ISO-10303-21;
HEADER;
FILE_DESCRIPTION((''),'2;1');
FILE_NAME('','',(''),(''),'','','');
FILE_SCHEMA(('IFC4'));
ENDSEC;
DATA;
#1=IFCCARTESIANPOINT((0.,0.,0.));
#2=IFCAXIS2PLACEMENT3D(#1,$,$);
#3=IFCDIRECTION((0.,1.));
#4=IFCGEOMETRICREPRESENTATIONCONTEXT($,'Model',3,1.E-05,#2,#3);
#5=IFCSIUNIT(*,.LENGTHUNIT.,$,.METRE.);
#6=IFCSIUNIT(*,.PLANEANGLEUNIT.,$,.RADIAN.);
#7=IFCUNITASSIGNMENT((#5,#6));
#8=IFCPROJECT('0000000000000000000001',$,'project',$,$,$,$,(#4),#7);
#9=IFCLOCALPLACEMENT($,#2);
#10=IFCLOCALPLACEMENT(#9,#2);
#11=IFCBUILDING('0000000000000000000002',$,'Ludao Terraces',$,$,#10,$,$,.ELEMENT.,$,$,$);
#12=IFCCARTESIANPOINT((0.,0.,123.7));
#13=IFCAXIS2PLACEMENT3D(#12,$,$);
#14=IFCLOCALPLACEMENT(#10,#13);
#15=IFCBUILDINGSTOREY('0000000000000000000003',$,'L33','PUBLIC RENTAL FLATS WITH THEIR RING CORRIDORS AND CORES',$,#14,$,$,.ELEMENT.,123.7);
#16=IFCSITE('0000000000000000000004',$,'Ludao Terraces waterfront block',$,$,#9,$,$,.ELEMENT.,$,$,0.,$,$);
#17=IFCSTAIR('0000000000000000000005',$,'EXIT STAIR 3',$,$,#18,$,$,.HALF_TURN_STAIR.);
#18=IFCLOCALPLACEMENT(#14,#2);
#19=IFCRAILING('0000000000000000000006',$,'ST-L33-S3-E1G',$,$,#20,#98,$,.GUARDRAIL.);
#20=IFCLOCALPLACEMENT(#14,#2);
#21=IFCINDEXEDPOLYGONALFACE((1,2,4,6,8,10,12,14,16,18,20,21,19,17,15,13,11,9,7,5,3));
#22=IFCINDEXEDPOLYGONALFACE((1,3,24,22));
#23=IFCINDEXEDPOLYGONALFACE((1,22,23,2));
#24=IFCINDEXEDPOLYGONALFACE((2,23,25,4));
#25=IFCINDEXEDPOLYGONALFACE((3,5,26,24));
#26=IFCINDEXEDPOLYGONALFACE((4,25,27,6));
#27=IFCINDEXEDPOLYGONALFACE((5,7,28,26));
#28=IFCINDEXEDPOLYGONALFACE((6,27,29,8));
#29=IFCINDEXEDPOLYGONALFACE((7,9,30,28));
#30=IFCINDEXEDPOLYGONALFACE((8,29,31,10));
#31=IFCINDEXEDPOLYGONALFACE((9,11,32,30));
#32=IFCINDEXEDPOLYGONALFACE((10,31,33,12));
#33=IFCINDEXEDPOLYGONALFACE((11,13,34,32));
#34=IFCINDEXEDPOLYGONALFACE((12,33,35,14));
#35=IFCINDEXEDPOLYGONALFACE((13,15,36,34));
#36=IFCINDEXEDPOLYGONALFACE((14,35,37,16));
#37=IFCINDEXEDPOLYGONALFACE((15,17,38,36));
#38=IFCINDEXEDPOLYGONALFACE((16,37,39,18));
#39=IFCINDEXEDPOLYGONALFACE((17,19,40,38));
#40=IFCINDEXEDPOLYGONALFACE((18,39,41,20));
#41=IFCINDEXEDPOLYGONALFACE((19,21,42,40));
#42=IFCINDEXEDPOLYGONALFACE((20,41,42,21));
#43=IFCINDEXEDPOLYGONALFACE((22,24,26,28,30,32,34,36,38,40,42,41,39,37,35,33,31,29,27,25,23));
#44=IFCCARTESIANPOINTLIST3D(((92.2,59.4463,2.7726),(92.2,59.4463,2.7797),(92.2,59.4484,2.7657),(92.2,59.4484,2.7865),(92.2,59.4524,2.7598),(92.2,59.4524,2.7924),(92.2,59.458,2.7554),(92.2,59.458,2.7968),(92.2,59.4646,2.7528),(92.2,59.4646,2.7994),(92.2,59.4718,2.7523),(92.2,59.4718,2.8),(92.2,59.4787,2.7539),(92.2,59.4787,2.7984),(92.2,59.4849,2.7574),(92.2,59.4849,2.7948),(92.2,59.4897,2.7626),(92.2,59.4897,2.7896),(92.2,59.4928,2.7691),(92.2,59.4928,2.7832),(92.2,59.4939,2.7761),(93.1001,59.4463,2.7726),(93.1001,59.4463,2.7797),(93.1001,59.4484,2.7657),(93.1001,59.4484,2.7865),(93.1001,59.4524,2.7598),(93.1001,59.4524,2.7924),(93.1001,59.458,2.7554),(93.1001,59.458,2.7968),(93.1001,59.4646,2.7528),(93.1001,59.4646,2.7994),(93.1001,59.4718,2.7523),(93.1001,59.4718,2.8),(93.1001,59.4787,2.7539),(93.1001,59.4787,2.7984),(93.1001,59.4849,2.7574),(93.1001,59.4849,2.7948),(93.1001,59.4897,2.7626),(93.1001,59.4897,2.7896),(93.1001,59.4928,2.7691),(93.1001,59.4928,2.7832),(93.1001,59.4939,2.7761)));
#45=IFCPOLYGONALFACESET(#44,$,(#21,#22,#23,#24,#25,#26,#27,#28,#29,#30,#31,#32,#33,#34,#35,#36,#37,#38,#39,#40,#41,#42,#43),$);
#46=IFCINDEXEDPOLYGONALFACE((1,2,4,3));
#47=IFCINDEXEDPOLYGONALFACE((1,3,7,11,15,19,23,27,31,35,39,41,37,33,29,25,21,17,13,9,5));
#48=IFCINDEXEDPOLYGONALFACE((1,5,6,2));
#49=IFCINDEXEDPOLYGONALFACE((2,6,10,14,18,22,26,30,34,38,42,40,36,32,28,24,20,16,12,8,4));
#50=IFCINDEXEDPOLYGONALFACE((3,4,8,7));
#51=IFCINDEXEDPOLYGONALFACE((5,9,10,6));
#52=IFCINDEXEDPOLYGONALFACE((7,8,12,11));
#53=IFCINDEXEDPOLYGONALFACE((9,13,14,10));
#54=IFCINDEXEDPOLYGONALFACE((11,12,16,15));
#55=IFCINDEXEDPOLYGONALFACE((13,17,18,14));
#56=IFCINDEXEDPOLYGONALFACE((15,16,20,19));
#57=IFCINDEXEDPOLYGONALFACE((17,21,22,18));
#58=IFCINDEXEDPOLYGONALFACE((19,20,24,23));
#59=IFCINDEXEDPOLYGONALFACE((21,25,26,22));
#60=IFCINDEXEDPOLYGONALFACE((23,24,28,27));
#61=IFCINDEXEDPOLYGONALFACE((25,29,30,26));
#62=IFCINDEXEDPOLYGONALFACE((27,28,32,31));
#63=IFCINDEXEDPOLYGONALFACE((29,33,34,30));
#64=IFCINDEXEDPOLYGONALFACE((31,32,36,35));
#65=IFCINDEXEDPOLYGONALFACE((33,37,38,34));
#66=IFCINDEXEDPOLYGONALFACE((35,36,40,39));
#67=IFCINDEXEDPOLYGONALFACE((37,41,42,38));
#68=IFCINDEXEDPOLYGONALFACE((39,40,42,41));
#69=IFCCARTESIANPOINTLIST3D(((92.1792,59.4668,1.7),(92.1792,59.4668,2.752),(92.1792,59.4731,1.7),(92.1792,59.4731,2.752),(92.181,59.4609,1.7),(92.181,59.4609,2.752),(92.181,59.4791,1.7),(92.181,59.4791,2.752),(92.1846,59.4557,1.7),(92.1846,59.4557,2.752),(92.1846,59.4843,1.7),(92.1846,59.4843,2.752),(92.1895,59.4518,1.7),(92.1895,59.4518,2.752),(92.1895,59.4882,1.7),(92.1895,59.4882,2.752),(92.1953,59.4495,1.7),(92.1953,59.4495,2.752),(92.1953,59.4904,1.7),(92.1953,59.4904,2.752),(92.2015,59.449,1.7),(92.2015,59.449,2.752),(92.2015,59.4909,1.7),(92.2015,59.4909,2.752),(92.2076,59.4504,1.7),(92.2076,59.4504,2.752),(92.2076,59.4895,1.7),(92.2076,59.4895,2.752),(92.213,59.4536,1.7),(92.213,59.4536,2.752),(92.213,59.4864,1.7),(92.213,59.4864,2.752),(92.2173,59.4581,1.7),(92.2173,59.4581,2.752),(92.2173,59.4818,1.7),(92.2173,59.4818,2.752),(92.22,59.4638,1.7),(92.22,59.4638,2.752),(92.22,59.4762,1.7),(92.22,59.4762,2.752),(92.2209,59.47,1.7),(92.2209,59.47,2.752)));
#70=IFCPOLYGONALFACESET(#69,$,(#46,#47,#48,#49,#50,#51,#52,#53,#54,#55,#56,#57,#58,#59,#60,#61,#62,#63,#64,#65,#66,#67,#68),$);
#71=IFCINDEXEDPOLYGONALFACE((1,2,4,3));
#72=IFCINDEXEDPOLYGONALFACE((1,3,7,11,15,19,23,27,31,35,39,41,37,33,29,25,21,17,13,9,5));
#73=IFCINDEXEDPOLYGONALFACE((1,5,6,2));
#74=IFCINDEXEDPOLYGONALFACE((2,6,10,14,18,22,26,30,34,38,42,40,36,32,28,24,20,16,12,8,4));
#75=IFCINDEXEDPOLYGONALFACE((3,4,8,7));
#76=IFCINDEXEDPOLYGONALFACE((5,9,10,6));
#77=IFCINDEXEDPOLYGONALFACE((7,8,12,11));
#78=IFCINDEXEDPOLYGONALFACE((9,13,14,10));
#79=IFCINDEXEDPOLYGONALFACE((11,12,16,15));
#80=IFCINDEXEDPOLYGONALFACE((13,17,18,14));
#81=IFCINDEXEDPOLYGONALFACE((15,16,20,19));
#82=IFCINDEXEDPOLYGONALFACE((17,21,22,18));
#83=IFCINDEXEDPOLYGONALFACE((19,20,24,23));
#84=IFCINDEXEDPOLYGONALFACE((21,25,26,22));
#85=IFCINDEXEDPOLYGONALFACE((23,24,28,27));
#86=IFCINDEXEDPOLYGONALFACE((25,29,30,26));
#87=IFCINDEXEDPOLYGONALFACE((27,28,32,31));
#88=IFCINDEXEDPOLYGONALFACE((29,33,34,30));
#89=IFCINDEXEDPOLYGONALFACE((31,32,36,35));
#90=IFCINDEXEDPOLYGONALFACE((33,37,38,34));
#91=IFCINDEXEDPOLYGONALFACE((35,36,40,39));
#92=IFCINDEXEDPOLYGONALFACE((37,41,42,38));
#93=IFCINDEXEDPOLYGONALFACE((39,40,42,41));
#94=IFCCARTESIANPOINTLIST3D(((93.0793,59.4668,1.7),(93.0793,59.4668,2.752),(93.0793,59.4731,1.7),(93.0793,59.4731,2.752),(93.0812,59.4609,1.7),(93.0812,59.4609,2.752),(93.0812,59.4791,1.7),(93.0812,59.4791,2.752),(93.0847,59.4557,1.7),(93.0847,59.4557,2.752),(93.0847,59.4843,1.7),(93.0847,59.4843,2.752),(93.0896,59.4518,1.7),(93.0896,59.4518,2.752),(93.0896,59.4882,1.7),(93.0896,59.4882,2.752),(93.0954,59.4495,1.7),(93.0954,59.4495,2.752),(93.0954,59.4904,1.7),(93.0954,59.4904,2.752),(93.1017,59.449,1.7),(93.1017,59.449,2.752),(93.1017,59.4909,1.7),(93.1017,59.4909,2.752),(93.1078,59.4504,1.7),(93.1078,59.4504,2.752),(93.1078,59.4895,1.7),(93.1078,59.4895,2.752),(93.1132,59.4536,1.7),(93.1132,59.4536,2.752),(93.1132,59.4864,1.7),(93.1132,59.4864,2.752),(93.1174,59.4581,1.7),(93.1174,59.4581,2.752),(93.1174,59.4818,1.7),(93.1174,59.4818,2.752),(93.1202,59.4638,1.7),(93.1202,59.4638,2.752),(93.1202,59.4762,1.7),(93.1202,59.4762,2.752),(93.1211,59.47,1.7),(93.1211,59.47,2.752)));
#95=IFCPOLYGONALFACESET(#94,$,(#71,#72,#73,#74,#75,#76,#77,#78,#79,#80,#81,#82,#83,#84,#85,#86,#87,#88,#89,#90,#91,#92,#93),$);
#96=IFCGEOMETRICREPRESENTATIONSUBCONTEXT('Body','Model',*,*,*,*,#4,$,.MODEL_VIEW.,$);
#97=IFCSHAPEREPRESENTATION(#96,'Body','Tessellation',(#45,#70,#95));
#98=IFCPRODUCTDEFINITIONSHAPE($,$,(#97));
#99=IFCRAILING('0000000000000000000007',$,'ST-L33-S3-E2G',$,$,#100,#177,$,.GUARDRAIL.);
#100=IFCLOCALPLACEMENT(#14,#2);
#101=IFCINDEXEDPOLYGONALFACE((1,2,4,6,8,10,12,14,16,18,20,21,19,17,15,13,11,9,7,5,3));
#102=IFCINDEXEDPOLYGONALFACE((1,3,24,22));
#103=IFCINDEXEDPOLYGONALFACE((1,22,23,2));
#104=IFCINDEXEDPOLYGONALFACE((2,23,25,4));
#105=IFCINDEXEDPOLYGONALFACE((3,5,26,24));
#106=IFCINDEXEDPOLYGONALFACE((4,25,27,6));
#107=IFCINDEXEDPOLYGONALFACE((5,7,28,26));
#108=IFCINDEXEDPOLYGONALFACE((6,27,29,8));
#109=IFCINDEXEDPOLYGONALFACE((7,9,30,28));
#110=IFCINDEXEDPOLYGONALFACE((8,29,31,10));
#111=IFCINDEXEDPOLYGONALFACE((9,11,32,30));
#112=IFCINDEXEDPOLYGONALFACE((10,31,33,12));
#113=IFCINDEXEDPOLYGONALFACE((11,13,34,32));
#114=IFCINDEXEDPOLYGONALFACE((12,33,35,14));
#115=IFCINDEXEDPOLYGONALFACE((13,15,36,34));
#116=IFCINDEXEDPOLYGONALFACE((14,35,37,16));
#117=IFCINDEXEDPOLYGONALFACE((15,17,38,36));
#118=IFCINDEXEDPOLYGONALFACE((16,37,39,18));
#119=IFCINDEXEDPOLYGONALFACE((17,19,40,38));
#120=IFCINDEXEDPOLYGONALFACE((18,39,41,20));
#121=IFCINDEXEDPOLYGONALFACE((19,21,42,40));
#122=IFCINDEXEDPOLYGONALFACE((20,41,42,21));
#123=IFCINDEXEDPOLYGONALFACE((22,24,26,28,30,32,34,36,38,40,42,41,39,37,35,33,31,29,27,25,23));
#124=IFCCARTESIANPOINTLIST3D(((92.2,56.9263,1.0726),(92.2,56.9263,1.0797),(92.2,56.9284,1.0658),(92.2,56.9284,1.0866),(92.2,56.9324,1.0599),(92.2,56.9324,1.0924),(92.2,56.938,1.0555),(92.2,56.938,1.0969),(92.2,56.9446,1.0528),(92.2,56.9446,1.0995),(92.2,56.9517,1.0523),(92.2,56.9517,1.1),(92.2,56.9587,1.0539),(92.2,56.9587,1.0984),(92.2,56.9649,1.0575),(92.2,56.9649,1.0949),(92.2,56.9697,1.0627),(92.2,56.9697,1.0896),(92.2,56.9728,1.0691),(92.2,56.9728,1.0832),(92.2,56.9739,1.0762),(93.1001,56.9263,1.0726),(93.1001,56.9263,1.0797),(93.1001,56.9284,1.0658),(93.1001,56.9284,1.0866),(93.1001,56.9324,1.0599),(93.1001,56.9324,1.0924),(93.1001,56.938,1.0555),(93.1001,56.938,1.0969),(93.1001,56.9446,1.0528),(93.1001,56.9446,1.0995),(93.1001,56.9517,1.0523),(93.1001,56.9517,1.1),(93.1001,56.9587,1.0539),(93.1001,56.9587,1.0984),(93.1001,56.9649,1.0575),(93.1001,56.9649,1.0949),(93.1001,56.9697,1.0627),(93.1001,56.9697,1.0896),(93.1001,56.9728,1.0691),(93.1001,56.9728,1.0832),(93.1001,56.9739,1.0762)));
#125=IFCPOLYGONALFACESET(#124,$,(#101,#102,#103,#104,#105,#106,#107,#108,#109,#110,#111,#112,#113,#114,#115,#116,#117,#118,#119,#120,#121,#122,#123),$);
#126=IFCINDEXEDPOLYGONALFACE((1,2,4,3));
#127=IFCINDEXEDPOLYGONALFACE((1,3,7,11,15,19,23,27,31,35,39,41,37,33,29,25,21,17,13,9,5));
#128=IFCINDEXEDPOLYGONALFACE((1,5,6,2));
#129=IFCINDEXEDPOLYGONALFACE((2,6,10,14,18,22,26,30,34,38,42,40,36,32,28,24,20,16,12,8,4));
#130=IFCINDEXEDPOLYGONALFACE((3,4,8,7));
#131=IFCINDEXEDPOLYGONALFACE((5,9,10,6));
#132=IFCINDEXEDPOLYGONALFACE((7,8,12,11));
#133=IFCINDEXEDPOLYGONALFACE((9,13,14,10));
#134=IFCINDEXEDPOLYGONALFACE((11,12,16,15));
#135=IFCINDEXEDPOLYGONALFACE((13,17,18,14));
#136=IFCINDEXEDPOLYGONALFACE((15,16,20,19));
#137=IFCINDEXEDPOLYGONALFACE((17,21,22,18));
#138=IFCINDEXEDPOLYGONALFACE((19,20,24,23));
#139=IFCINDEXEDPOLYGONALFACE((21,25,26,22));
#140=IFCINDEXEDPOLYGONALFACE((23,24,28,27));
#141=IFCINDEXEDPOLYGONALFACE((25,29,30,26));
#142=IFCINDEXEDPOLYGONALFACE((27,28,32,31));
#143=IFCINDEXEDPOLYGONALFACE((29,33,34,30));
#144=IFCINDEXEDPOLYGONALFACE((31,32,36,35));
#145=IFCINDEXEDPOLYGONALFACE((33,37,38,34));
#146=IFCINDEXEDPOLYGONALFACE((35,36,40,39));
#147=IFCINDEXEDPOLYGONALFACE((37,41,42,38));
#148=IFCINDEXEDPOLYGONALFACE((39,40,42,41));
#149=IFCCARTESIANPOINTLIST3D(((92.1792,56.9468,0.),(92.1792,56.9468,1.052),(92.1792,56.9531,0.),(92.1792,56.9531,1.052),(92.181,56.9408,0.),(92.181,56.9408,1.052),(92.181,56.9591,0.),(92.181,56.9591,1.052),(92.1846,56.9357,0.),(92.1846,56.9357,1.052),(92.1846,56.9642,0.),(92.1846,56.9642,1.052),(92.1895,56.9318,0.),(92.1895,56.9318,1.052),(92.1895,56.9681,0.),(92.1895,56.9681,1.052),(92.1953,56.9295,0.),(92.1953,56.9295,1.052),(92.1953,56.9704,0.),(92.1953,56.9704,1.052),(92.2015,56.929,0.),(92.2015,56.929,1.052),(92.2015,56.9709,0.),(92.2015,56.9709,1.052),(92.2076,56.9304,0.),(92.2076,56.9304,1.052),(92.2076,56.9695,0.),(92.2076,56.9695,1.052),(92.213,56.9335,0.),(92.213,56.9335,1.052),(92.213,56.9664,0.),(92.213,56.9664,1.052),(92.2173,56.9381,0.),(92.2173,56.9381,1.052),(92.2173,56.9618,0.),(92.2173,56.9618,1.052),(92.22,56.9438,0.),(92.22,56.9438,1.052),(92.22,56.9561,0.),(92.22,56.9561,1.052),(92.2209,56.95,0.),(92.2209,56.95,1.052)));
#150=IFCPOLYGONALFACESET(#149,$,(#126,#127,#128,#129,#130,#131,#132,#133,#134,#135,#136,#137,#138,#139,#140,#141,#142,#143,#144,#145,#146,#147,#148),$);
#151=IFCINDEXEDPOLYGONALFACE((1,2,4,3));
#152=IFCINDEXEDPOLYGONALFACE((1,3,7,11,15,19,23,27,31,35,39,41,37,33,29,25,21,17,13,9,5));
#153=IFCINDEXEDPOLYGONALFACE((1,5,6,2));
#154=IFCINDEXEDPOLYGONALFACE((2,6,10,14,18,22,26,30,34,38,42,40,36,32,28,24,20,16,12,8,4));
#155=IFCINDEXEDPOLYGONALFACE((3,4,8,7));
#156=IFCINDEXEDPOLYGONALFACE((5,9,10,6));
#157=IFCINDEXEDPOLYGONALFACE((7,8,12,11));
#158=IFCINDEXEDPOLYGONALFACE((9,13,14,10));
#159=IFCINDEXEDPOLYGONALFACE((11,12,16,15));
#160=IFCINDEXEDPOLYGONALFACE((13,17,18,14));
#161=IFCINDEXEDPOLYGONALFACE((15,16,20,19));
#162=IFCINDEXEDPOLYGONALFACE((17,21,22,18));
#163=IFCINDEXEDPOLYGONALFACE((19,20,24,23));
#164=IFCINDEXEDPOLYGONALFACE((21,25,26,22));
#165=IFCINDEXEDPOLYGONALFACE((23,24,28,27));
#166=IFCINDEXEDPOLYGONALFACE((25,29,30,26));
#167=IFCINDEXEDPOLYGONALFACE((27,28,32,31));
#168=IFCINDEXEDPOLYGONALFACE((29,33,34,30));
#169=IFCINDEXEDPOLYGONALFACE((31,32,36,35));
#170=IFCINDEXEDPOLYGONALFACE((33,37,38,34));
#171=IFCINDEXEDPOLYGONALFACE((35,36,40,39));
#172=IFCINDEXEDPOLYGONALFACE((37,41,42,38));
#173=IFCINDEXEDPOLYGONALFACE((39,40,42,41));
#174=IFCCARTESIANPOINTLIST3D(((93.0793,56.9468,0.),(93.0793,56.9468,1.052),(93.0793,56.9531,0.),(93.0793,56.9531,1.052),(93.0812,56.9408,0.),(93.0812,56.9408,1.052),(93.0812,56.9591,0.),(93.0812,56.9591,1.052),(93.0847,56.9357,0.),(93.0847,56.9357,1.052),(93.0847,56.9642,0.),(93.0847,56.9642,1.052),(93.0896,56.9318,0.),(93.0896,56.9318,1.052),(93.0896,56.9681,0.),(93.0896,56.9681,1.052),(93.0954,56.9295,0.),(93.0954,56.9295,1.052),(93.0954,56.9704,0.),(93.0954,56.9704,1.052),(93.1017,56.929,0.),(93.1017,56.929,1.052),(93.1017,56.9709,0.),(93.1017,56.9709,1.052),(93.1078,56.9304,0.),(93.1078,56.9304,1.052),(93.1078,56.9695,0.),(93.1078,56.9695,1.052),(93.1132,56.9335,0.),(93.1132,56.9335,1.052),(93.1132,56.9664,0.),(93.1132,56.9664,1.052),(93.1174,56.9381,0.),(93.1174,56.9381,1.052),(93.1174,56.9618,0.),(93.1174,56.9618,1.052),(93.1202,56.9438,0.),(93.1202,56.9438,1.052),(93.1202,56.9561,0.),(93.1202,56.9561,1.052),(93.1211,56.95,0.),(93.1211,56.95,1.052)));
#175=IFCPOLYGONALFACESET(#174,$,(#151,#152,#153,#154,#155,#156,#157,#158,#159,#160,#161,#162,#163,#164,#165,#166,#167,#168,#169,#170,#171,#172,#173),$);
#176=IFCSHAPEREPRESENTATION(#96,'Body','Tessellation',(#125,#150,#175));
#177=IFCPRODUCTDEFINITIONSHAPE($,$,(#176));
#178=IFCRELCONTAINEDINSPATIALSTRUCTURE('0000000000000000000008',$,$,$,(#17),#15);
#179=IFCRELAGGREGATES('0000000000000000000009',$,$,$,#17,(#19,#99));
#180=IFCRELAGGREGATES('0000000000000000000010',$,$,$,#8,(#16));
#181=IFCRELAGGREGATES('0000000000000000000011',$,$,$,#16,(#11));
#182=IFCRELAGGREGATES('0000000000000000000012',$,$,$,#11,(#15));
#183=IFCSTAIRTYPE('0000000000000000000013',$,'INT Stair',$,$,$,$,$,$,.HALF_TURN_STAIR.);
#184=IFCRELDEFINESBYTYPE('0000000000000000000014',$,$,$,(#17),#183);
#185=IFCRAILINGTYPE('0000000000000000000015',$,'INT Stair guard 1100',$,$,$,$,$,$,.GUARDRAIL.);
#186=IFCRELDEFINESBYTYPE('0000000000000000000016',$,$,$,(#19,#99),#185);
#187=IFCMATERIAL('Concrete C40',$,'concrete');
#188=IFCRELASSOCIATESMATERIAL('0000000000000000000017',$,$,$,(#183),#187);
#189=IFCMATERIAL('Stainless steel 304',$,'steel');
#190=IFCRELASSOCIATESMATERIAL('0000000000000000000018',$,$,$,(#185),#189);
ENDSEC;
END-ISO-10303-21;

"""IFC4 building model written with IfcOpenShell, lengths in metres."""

from ifc_helpers import new_model, si_unit, direction, frame, origin, origin_2d, place, context, subcontext, project, spatial, circle, extrude, material, type_object, element, aggregate, save


model = new_model("IFC4")

# Units and contexts
model_context = context("Model", 3, precision=1e-05, world=origin(), true_north=direction((0.0, 1.0)))
body_context = subcontext(model_context, "Body", "Model", "MODEL_VIEW")
ifc_project = project(units=[si_unit("LENGTHUNIT", "METRE"), si_unit("PLANEANGLEUNIT", "RADIAN")], contexts=[model_context])

# Site, building, storey
site_placement = place(None, origin())
site = spatial("IfcSite", under=ifc_project, at=site_placement, Name="Ludao Terraces waterfront block", CompositionType="ELEMENT", RefElevation=0.0)
building_placement = place(site_placement, origin())
building = spatial("IfcBuilding", under=site, at=building_placement, Name="Ludao Terraces", CompositionType="ELEMENT")
storey_placement = place(building_placement, frame((0.0, 0.0, 123.7)))
storey = spatial("IfcBuildingStorey", under=building, at=storey_placement, Name="L33", Description="PUBLIC RENTAL FLATS WITH THEIR RING CORRIDORS AND CORES", CompositionType="ELEMENT", Elevation=123.7)

# Shared definitions
ifc_material_1 = material(Name="Concrete C40", Category="concrete")

# Stair, railings
stair_type = type_object("IfcStairType", Name="INT Stair", PredefinedType="HALF_TURN_STAIR", material=ifc_material_1)
stair_placement = place(storey_placement, origin())
stair = element("IfcStair", 1, at=stair_placement, inside=storey, type_object=stair_type, Name="EXIT STAIR 3", PredefinedType="HALF_TURN_STAIR")
ifc_material_2 = material(Name="Stainless steel 304", Category="steel")
railing_type_1 = type_object("IfcRailingType", Name="INT Stair guard 1100", PredefinedType="GUARDRAIL", material=ifc_material_2)
railing_1_placement = place(storey_placement, frame((92.2, 59.47, 1.7)))
railing_1 = element("IfcRailing", 2, at=railing_1_placement, type_object=railing_type_1, Name="ST-L33-S3-E1G", PredefinedType="GUARDRAIL", context=body_context, shape_type="SweptSolid", body=[
    extrude(circle(Radius=0.0239, at=origin_2d()), frame((0.0, 0.0, 1.0762), z_axis=(1.0, 0.0, 0.0), x_axis=(0.0, 1.0, 0.0)), (0.0, 0.0, 1.0), 0.9001),
    extrude(circle(Radius=0.021, at=origin_2d()), origin(), (0.0, 0.0, 1.0), 1.052),
    extrude(circle(Radius=0.021, at=origin_2d()), frame((0.9001, 0.0, 0.0)), (0.0, 0.0, 1.0), 1.052),
])
railing_2_placement = place(storey_placement, frame((92.2, 56.95, 0.0)))
railing_2 = element("IfcRailing", 3, at=railing_2_placement, type_object=railing_type_1, Name="ST-L33-S3-E2G", PredefinedType="GUARDRAIL", context=body_context, shape_type="SweptSolid", body=[
    extrude(circle(Radius=0.0239, at=origin_2d()), frame((0.0, 0.0, 1.0762), z_axis=(1.0, 0.0, 0.0), x_axis=(0.0, 1.0, 0.0)), (0.0, 0.0, 1.0), 0.9001),
    extrude(circle(Radius=0.021, at=origin_2d()), origin(), (0.0, 0.0, 1.0), 1.052),
    extrude(circle(Radius=0.021, at=origin_2d()), frame((0.9001, 0.0, 0.0)), (0.0, 0.0, 1.0), 1.052),
])
aggregate(stair, [railing_1, railing_2])

save(model, "model.ifc")
